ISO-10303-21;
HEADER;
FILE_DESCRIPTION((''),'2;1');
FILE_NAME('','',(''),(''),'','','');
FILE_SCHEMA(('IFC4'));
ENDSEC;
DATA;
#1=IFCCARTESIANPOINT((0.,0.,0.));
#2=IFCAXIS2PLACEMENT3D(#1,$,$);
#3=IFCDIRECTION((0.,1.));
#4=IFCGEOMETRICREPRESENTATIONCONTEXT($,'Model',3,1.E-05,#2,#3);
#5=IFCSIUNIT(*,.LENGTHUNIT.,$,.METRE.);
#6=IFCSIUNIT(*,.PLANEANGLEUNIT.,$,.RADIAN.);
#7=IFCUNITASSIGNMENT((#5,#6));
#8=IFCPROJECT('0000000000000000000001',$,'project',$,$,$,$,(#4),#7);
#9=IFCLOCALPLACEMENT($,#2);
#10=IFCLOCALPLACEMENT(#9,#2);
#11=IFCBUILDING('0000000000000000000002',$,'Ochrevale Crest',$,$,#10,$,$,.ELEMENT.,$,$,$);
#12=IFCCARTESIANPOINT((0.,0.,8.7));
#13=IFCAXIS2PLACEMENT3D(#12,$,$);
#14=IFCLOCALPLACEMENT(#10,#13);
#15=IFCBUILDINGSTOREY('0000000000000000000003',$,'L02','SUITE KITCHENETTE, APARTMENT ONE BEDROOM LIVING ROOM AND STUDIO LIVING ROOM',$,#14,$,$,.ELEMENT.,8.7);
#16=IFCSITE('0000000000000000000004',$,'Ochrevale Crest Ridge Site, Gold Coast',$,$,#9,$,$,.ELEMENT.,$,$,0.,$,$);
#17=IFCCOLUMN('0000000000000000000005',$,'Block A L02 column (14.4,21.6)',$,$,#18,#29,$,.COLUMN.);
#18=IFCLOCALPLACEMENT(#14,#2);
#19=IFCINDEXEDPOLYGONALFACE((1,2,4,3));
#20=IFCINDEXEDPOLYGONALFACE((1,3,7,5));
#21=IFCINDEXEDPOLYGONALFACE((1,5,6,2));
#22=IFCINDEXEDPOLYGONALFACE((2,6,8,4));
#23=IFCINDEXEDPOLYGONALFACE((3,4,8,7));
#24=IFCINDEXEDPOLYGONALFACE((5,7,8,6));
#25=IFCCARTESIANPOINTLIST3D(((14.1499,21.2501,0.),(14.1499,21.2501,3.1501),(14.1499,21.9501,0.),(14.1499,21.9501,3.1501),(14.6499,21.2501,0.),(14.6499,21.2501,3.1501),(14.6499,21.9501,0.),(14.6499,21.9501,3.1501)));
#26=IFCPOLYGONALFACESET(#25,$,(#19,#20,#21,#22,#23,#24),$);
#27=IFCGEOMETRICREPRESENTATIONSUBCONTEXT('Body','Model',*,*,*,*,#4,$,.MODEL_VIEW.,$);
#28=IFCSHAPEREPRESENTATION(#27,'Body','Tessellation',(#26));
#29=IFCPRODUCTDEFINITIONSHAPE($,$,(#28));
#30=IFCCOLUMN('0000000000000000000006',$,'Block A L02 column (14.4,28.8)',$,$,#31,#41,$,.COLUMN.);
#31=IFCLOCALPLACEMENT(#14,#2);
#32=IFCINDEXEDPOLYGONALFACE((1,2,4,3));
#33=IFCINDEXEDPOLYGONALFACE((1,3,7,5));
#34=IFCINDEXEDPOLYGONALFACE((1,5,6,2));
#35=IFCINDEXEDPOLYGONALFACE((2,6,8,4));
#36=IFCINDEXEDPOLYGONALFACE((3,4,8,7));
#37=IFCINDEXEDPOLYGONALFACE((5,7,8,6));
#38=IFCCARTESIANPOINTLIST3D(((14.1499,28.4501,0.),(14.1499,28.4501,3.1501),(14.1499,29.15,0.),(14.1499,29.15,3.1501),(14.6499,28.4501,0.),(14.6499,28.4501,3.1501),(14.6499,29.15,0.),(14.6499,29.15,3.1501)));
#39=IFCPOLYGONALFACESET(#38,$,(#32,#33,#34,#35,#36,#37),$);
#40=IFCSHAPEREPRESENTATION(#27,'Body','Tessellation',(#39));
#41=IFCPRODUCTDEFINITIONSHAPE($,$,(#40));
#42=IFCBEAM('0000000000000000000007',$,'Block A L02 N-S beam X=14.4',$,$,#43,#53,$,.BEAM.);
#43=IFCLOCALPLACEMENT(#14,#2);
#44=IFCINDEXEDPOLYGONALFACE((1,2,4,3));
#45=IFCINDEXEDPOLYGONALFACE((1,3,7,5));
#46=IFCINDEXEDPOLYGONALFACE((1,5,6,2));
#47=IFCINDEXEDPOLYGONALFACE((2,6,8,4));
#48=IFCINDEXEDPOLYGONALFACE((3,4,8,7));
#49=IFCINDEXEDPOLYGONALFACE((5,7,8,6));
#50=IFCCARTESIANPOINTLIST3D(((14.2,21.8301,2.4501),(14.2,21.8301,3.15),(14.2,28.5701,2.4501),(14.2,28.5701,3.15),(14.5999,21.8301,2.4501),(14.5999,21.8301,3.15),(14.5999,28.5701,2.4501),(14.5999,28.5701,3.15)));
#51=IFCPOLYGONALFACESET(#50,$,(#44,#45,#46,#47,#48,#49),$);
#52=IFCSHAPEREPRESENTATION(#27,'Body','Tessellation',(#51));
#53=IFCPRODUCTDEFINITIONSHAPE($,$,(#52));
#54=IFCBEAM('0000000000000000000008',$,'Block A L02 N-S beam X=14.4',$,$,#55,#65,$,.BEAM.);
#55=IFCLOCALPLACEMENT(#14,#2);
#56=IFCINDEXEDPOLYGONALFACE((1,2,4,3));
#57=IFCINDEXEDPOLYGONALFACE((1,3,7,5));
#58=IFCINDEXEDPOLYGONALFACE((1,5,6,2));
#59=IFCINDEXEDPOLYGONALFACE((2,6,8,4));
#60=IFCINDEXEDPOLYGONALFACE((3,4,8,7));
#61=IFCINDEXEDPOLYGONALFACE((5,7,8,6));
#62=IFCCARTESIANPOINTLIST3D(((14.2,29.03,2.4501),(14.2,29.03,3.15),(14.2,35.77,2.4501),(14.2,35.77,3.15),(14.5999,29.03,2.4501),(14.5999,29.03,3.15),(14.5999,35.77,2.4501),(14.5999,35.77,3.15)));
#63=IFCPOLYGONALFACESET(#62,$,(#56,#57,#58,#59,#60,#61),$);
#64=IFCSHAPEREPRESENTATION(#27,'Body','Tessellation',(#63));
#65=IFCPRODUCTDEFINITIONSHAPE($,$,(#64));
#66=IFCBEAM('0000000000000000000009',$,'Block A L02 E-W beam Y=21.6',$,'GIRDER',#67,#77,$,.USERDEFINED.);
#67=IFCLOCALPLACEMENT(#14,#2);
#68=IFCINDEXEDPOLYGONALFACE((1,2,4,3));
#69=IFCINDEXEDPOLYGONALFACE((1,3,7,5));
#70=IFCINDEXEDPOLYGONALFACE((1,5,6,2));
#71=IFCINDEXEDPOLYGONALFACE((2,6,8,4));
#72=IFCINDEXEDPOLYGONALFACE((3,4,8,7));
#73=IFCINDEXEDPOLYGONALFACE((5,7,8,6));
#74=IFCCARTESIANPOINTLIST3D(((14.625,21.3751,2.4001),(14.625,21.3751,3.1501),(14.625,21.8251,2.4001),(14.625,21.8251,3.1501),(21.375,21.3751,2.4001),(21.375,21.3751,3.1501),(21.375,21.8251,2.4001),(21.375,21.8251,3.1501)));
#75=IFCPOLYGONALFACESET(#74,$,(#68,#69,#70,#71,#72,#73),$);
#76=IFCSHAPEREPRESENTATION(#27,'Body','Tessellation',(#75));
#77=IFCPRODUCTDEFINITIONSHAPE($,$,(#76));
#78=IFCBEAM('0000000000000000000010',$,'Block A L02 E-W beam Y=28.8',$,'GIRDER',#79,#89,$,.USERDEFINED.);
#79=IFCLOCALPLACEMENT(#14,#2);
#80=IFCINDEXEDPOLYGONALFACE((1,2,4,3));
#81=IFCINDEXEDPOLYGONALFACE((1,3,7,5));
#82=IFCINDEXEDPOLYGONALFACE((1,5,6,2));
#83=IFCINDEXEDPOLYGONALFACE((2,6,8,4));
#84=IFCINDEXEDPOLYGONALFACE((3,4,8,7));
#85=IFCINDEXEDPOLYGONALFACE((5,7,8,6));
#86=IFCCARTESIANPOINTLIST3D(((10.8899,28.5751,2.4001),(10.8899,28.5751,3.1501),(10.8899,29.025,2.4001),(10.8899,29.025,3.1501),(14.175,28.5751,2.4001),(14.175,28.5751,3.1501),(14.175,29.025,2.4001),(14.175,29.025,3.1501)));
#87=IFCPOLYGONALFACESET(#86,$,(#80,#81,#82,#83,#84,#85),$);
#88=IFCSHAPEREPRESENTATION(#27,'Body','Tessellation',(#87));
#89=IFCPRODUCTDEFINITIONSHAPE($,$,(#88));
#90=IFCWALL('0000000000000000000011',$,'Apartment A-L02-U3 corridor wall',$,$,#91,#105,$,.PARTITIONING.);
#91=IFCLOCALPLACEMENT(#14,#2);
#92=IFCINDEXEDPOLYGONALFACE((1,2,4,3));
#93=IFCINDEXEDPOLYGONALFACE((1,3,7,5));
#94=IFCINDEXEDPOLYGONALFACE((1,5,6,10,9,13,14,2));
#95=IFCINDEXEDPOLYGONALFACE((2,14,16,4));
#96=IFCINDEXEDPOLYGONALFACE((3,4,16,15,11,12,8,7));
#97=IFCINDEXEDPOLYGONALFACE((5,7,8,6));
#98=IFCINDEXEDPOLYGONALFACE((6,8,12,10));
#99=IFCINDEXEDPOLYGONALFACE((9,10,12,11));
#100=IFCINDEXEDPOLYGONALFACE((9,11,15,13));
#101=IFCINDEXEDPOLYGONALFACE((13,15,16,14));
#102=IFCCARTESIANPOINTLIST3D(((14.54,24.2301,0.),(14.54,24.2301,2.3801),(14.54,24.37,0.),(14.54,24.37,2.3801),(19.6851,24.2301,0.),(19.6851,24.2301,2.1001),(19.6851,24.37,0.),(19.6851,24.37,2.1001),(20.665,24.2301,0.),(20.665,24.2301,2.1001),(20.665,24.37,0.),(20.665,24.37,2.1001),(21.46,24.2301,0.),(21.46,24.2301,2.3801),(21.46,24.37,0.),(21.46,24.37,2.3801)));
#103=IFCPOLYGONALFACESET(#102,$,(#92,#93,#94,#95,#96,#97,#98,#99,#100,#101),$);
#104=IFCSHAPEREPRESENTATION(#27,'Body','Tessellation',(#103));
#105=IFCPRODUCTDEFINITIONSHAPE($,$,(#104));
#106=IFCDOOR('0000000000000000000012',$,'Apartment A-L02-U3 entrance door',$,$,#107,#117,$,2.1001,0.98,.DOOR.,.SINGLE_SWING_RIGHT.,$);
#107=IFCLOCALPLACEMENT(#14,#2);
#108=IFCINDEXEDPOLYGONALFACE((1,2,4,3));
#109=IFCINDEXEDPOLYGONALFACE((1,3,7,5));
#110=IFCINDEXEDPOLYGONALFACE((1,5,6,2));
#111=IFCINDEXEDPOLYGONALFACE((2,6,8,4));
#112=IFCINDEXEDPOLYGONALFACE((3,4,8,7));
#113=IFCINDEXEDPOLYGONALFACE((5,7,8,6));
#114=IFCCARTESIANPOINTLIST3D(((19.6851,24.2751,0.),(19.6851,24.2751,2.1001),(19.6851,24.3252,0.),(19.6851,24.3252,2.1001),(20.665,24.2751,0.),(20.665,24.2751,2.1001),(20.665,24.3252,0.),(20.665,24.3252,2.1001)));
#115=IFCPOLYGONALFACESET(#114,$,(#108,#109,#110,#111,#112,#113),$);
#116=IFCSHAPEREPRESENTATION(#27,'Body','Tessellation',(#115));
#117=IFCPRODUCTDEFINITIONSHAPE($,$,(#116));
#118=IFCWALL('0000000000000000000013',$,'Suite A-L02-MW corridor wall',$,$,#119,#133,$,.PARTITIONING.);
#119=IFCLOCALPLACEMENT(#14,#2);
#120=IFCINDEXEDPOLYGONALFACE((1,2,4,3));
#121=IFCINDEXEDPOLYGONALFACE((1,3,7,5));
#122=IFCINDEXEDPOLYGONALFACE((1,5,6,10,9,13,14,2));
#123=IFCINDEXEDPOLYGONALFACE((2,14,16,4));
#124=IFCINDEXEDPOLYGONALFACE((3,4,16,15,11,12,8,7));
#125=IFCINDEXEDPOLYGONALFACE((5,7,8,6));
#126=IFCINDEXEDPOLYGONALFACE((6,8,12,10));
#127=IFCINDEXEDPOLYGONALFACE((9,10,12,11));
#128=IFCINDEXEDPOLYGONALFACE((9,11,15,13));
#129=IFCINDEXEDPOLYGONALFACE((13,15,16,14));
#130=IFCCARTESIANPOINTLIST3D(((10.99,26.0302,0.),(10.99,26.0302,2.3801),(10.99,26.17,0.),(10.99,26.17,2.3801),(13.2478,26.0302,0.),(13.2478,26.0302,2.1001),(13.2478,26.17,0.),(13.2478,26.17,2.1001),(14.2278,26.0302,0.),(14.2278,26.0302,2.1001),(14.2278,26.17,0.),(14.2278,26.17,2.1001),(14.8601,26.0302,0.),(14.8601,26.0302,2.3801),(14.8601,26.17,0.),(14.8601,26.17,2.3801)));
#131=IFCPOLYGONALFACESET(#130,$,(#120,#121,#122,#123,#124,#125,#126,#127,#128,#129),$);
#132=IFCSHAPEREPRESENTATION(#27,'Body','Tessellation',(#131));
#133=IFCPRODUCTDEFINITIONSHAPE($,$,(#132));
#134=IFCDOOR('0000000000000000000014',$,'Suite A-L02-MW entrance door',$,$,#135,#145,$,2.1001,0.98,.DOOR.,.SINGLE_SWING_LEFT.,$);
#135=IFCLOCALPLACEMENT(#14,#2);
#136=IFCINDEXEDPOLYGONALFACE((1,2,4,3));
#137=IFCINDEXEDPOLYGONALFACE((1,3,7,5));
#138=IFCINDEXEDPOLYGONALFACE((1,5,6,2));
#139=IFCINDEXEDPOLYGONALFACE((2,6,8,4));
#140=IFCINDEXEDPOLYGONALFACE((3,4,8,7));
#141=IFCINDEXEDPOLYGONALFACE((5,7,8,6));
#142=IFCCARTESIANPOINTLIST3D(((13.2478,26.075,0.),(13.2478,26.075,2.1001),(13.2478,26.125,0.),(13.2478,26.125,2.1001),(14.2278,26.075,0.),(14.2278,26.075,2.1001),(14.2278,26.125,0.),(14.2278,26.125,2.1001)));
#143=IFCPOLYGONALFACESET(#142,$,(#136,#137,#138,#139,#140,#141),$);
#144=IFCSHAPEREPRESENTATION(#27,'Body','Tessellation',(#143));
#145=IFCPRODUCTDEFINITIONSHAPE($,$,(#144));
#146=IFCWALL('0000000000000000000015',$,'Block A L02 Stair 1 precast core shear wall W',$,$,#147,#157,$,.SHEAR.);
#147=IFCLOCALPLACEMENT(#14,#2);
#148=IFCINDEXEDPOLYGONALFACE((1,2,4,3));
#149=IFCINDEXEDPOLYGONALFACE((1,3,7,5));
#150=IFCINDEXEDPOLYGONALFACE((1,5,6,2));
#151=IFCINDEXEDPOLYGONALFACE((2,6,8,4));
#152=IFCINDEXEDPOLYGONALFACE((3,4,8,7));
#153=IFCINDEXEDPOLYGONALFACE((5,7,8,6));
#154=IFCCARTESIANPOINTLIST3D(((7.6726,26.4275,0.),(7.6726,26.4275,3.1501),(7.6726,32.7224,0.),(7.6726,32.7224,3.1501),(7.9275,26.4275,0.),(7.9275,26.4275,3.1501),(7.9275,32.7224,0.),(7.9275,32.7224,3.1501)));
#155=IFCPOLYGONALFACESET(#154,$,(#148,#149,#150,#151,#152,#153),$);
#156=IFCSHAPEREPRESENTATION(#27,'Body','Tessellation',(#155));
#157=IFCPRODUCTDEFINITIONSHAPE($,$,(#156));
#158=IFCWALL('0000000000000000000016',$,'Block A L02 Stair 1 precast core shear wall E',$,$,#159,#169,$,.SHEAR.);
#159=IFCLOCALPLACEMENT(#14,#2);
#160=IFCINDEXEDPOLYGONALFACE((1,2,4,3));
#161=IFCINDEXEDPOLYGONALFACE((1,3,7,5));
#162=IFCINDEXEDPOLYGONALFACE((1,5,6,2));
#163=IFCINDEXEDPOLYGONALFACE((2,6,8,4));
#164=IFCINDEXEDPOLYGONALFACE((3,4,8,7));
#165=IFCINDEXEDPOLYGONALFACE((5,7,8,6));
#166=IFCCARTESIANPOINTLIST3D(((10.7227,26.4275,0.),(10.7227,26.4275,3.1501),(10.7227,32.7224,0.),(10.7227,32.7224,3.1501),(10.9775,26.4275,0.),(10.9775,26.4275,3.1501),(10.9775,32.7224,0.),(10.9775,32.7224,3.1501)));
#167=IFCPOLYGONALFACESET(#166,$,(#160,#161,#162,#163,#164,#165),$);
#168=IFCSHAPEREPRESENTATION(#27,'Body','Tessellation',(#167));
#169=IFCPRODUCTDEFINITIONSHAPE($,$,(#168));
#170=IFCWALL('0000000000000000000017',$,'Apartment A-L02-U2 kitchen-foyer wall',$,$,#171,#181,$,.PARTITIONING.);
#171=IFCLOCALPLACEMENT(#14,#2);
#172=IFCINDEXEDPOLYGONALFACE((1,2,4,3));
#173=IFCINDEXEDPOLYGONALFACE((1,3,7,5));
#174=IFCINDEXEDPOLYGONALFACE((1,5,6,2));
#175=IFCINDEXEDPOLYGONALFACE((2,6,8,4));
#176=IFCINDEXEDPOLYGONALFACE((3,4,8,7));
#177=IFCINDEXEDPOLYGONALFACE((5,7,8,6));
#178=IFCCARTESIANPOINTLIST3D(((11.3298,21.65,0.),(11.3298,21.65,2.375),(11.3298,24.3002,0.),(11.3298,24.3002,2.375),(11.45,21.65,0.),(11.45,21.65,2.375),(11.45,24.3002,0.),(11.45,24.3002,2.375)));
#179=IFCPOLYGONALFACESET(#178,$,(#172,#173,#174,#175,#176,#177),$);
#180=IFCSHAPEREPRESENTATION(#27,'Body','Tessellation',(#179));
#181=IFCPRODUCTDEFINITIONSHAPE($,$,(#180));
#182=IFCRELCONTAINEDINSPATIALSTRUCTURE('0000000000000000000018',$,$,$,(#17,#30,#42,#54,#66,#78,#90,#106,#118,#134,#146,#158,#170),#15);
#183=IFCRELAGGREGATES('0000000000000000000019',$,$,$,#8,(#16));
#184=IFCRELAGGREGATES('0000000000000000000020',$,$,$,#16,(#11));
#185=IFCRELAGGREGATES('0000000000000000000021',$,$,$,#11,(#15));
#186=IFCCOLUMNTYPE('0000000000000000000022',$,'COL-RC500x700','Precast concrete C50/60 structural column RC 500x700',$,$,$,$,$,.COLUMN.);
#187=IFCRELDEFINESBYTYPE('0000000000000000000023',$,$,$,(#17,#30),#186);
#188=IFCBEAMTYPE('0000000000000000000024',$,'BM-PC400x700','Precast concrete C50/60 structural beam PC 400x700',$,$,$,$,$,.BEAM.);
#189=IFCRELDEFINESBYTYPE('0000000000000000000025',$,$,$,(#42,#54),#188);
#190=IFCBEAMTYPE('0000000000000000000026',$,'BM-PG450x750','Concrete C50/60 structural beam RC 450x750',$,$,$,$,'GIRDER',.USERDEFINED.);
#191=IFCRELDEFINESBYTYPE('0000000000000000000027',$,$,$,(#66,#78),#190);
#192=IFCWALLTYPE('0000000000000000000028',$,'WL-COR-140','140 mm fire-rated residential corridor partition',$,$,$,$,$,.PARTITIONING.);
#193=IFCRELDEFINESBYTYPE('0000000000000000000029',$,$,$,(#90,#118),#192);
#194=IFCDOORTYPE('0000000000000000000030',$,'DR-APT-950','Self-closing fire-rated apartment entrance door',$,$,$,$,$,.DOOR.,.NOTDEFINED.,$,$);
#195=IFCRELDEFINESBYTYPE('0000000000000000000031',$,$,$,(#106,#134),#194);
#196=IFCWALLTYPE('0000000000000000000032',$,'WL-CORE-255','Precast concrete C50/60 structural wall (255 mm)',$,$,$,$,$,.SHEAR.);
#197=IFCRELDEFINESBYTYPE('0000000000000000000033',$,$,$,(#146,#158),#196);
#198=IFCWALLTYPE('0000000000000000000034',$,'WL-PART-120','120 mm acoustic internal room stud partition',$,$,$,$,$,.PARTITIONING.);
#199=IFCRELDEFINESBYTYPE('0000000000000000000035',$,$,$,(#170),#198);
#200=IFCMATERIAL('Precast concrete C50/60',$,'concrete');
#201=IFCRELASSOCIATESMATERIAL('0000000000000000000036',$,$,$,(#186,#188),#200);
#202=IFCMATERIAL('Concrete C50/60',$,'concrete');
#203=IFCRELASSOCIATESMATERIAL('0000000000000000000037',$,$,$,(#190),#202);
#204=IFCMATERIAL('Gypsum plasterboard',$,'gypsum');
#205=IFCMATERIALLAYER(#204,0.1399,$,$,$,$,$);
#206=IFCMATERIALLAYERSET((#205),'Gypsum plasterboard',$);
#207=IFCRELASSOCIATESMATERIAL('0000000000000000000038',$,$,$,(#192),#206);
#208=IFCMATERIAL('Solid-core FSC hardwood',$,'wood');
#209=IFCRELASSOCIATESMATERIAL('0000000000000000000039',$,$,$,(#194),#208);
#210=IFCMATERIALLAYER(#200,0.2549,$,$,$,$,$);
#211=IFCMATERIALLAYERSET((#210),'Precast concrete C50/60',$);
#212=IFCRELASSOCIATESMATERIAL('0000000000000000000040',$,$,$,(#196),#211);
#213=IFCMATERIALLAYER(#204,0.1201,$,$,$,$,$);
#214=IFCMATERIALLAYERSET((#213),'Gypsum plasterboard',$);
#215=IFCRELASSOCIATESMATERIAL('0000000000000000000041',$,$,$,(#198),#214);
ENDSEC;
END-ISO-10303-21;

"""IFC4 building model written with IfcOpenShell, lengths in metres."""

from ifc_helpers import new_model, si_unit, direction, frame, frame_2d, origin, origin_2d, place, context, subcontext, project, spatial, rectangle, extrude, material, layer, layer_set, material_profile, profile_set, type_object, element, fill, save


model = new_model("IFC4")

# Units and contexts
model_context = context("Model", 3, precision=1e-05, world=origin(), true_north=direction((0.0, 1.0)))
body_context = subcontext(model_context, "Body", "Model", "MODEL_VIEW")
ifc_project = project(units=[si_unit("LENGTHUNIT", "METRE"), si_unit("PLANEANGLEUNIT", "RADIAN")], contexts=[model_context])

# Site, building, storey
site_placement = place(None, origin())
site = spatial("IfcSite", under=ifc_project, at=site_placement, Name="Ochrevale Crest Ridge Site, Gold Coast", CompositionType="ELEMENT", RefElevation=0.0)
building_placement = place(site_placement, origin())
building = spatial("IfcBuilding", under=site, at=building_placement, Name="Ochrevale Crest", CompositionType="ELEMENT")
storey_placement = place(building_placement, frame((0.0, 0.0, 8.7)))
storey = spatial("IfcBuildingStorey", under=building, at=storey_placement, Name="L02", Description="SUITE KITCHENETTE, APARTMENT ONE BEDROOM LIVING ROOM AND STUDIO LIVING ROOM", CompositionType="ELEMENT", Elevation=8.7)

# Columns
ifc_material_1 = material(Name="Precast concrete C50/60", Category="concrete")
ifc_material_profile_1 = material_profile(ifc_material_1, rectangle(XDim=0.5, YDim=0.7, at=origin_2d()), Name="RC 500x700")
ifc_profile_set_1 = profile_set([ifc_material_profile_1], Name="Precast concrete C50/60")
column_type = type_object("IfcColumnType", Name="COL-RC500x700", Description="Precast concrete C50/60 structural column RC 500x700", PredefinedType="COLUMN", material=ifc_profile_set_1)
for number, where, z_axis, x_axis, name in (
    (1, (14.3999, 21.6001, 0.0), (0.0, 0.0, 1.0), (1.0, 0.0, 0.0), "Block A L02 column (14.4,21.6)"),
    (2, (14.3999, 28.8, 0.0), (0.0, 0.0, 1.0), (1.0, 0.0, 0.0), "Block A L02 column (14.4,28.8)"),
):
    element("IfcColumn", number, at=place(storey_placement, frame(where, z_axis=z_axis, x_axis=x_axis)), inside=storey, type_object=column_type, Name=name, PredefinedType="COLUMN", context=body_context, shape_type="SweptSolid", body=[
        extrude(rectangle(XDim=0.5, YDim=0.7, at=origin_2d()), origin(), (0.0, 0.0, 1.0), 3.1501),
    ])

# Beams
ifc_material_profile_2 = material_profile(ifc_material_1, rectangle(XDim=0.3999, YDim=0.7, at=origin_2d()), Name="PC 400x700")
ifc_profile_set_2 = profile_set([ifc_material_profile_2], Name="Precast concrete C50/60")
beam_type_1 = type_object("IfcBeamType", Name="BM-PC400x700", Description="Precast concrete C50/60 structural beam PC 400x700", PredefinedType="BEAM", material=ifc_profile_set_2)
for number, where, z_axis, x_axis, name in (
    (3, (14.3999, 21.8301, 2.8), (0.0, 1.0, 0.0), (-1.0, 0.0, 0.0), "Block A L02 N-S beam X=14.4"),
    (4, (14.3999, 29.03, 2.8), (0.0, 1.0, 0.0), (-1.0, 0.0, 0.0), "Block A L02 N-S beam X=14.4"),
):
    element("IfcBeam", number, at=place(storey_placement, frame(where, z_axis=z_axis, x_axis=x_axis)), inside=storey, type_object=beam_type_1, Name=name, PredefinedType="BEAM", context=body_context, shape_type="SweptSolid", body=[
        extrude(rectangle(XDim=0.3999, YDim=0.7, at=origin_2d()), origin(), (0.0, 0.0, 1.0), 6.74),
    ])
ifc_material_2 = material(Name="Concrete C50/60", Category="concrete")
ifc_material_profile_3 = material_profile(ifc_material_2, rectangle(XDim=0.45, YDim=0.75, at=origin_2d()), Name="RC 450x750")
ifc_profile_set_3 = profile_set([ifc_material_profile_3], Name="Concrete C50/60")
beam_type_2 = type_object("IfcBeamType", Name="BM-PG450x750", Description="Concrete C50/60 structural beam RC 450x750", ElementType="GIRDER", PredefinedType="USERDEFINED", material=ifc_profile_set_3)
beam_1_placement = place(storey_placement, frame((14.625, 21.6001, 2.7751), z_axis=(1.0, 0.0, 0.0), x_axis=(0.0, 1.0, 0.0)))
element("IfcBeam", 5, at=beam_1_placement, inside=storey, type_object=beam_type_2, Name="Block A L02 E-W beam Y=21.6", ObjectType="GIRDER", PredefinedType="USERDEFINED", context=body_context, shape_type="SweptSolid", body=[
    extrude(rectangle(XDim=0.45, YDim=0.75, at=origin_2d()), origin(), (0.0, 0.0, 1.0), 6.75),
])
beam_2_placement = place(storey_placement, frame((10.8899, 28.8, 2.7751), z_axis=(1.0, 0.0, 0.0), x_axis=(0.0, 1.0, 0.0)))
element("IfcBeam", 6, at=beam_2_placement, inside=storey, type_object=beam_type_2, Name="Block A L02 E-W beam Y=28.8", ObjectType="GIRDER", PredefinedType="USERDEFINED", context=body_context, shape_type="SweptSolid", body=[
    extrude(rectangle(XDim=0.45, YDim=0.75, at=origin_2d()), origin(), (0.0, 0.0, 1.0), 3.2852),
])

# Walls, openings, doors
ifc_material_3 = material(Name="Gypsum plasterboard", Category="gypsum")
ifc_layer_1 = layer(ifc_material_3, 0.1399)
ifc_layer_set_1 = layer_set([ifc_layer_1], Name="Gypsum plasterboard")
wall_type_1 = type_object("IfcWallType", Name="WL-COR-140", Description="140 mm fire-rated residential corridor partition", PredefinedType="PARTITIONING", material=ifc_layer_set_1)
wall_1_placement = place(storey_placement, frame((14.54, 24.3, 0.0), z_axis=(0.0, 0.0, 1.0), x_axis=(1.0, 0.0, 0.0)))
wall_1 = element("IfcWall", 7, at=wall_1_placement, inside=storey, type_object=wall_type_1, Name="Apartment A-L02-U3 corridor wall", PredefinedType="PARTITIONING", context=body_context, shape_type="SweptSolid", body=[
    extrude(rectangle(XDim=6.9199, YDim=0.1399, at=frame_2d((3.46, 0.0))), origin(), (0.0, 0.0, 1.0), 2.3801),
])
opening_1_placement = place(wall_1_placement, frame((6.125, 0.0, 0.0), z_axis=(0.0, 0.0, 1.0), x_axis=(-1.0, 0.0, 0.0)))
opening_1 = element("IfcOpeningElement", 8, at=opening_1_placement, cuts=wall_1, PredefinedType="OPENING", context=body_context, shape_type="SweptSolid", body=[
    extrude(rectangle(XDim=0.98, YDim=2.1001, at=frame_2d((0.49, 1.05))), frame((0.0, 0.0801, 0.0), z_axis=(0.0, -1.0, 0.0), x_axis=(1.0, 0.0, 0.0)), (0.0, 0.0, 1.0), 0.1599),
])
ifc_material_4 = material(Name="Solid-core FSC hardwood", Category="wood")
door_type_1 = type_object("IfcDoorType", Name="DR-APT-950", Description="Self-closing fire-rated apartment entrance door", OperationType="NOTDEFINED", PredefinedType="DOOR", material=ifc_material_4)
door_1_placement = place(opening_1_placement, origin())
door_1 = element("IfcDoor", 9, at=door_1_placement, inside=storey, type_object=door_type_1, Name="Apartment A-L02-U3 entrance door", OperationType="SINGLE_SWING_RIGHT", OverallHeight=2.1001, OverallWidth=0.98, PredefinedType="DOOR", context=body_context, shape_type="SweptSolid", body=[
    extrude(rectangle(XDim=0.98, YDim=2.1001, at=frame_2d((0.49, 1.05))), frame((0.0, 0.0249, 0.0), z_axis=(0.0, -1.0, 0.0), x_axis=(1.0, 0.0, 0.0)), (0.0, 0.0, 1.0), 0.05),
])
fill(opening_1, door_1)
wall_2_placement = place(storey_placement, frame((10.99, 26.1001, 0.0), z_axis=(0.0, 0.0, 1.0), x_axis=(1.0, 0.0, 0.0)))
wall_2 = element("IfcWall", 10, at=wall_2_placement, inside=storey, type_object=wall_type_1, Name="Suite A-L02-MW corridor wall", PredefinedType="PARTITIONING", context=body_context, shape_type="SweptSolid", body=[
    extrude(rectangle(XDim=3.8701, YDim=0.1399, at=frame_2d((1.9351, 0.0))), origin(), (0.0, 0.0, 1.0), 2.3801),
])
opening_2_placement = place(wall_2_placement, frame((2.2578, 0.0, 0.0)))
opening_2 = element("IfcOpeningElement", 11, at=opening_2_placement, cuts=wall_2, PredefinedType="OPENING", context=body_context, shape_type="SweptSolid", body=[
    extrude(rectangle(XDim=0.98, YDim=2.1001, at=frame_2d((0.49, 1.05))), frame((0.0, 0.0801, 0.0), z_axis=(0.0, -1.0, 0.0), x_axis=(1.0, 0.0, 0.0)), (0.0, 0.0, 1.0), 0.1599),
])
door_2_placement = place(opening_2_placement, origin())
door_2 = element("IfcDoor", 12, at=door_2_placement, inside=storey, type_object=door_type_1, Name="Suite A-L02-MW entrance door", OperationType="SINGLE_SWING_LEFT", OverallHeight=2.1001, OverallWidth=0.98, PredefinedType="DOOR", context=body_context, shape_type="SweptSolid", body=[
    extrude(rectangle(XDim=0.98, YDim=2.1001, at=frame_2d((0.49, 1.05))), frame((0.0, 0.0249, 0.0), z_axis=(0.0, -1.0, 0.0), x_axis=(1.0, 0.0, 0.0)), (0.0, 0.0, 1.0), 0.05),
])
fill(opening_2, door_2)

# Walls
ifc_layer_2 = layer(ifc_material_1, 0.2549)
ifc_layer_set_2 = layer_set([ifc_layer_2], Name="Precast concrete C50/60")
wall_type_2 = type_object("IfcWallType", Name="WL-CORE-255", Description="Precast concrete C50/60 structural wall (255 mm)", PredefinedType="SHEAR", material=ifc_layer_set_2)
for number, where, z_axis, x_axis, name in (
    (13, (7.8, 26.4275, 0.0), (0.0, 0.0, 1.0), (0.0, 1.0, 0.0), "Block A L02 Stair 1 precast core shear wall W"),
    (14, (10.8501, 26.4275, 0.0), (0.0, 0.0, 1.0), (0.0, 1.0, 0.0), "Block A L02 Stair 1 precast core shear wall E"),
):
    element("IfcWall", number, at=place(storey_placement, frame(where, z_axis=z_axis, x_axis=x_axis)), inside=storey, type_object=wall_type_2, Name=name, PredefinedType="SHEAR", context=body_context, shape_type="SweptSolid", body=[
        extrude(rectangle(XDim=6.2949, YDim=0.2549, at=frame_2d((3.1475, 0.0))), origin(), (0.0, 0.0, 1.0), 3.1501),
    ])

# Wall
ifc_layer_3 = layer(ifc_material_3, 0.1201)
ifc_layer_set_3 = layer_set([ifc_layer_3], Name="Gypsum plasterboard")
wall_type_3 = type_object("IfcWallType", Name="WL-PART-120", Description="120 mm acoustic internal room stud partition", PredefinedType="PARTITIONING", material=ifc_layer_set_3)
wall_3_placement = place(storey_placement, frame((11.3899, 21.6499, 0.0), z_axis=(0.0, 0.0, 1.0), x_axis=(0.0, 1.0, 0.0)))
element("IfcWall", 15, at=wall_3_placement, inside=storey, type_object=wall_type_3, Name="Apartment A-L02-U2 kitchen-foyer wall", PredefinedType="PARTITIONING", context=body_context, shape_type="SweptSolid", body=[
    extrude(rectangle(XDim=2.6501, YDim=0.1201, at=frame_2d((1.3252, 0.0))), origin(), (0.0, 0.0, 1.0), 2.375),
])

save(model, "model.ifc")
